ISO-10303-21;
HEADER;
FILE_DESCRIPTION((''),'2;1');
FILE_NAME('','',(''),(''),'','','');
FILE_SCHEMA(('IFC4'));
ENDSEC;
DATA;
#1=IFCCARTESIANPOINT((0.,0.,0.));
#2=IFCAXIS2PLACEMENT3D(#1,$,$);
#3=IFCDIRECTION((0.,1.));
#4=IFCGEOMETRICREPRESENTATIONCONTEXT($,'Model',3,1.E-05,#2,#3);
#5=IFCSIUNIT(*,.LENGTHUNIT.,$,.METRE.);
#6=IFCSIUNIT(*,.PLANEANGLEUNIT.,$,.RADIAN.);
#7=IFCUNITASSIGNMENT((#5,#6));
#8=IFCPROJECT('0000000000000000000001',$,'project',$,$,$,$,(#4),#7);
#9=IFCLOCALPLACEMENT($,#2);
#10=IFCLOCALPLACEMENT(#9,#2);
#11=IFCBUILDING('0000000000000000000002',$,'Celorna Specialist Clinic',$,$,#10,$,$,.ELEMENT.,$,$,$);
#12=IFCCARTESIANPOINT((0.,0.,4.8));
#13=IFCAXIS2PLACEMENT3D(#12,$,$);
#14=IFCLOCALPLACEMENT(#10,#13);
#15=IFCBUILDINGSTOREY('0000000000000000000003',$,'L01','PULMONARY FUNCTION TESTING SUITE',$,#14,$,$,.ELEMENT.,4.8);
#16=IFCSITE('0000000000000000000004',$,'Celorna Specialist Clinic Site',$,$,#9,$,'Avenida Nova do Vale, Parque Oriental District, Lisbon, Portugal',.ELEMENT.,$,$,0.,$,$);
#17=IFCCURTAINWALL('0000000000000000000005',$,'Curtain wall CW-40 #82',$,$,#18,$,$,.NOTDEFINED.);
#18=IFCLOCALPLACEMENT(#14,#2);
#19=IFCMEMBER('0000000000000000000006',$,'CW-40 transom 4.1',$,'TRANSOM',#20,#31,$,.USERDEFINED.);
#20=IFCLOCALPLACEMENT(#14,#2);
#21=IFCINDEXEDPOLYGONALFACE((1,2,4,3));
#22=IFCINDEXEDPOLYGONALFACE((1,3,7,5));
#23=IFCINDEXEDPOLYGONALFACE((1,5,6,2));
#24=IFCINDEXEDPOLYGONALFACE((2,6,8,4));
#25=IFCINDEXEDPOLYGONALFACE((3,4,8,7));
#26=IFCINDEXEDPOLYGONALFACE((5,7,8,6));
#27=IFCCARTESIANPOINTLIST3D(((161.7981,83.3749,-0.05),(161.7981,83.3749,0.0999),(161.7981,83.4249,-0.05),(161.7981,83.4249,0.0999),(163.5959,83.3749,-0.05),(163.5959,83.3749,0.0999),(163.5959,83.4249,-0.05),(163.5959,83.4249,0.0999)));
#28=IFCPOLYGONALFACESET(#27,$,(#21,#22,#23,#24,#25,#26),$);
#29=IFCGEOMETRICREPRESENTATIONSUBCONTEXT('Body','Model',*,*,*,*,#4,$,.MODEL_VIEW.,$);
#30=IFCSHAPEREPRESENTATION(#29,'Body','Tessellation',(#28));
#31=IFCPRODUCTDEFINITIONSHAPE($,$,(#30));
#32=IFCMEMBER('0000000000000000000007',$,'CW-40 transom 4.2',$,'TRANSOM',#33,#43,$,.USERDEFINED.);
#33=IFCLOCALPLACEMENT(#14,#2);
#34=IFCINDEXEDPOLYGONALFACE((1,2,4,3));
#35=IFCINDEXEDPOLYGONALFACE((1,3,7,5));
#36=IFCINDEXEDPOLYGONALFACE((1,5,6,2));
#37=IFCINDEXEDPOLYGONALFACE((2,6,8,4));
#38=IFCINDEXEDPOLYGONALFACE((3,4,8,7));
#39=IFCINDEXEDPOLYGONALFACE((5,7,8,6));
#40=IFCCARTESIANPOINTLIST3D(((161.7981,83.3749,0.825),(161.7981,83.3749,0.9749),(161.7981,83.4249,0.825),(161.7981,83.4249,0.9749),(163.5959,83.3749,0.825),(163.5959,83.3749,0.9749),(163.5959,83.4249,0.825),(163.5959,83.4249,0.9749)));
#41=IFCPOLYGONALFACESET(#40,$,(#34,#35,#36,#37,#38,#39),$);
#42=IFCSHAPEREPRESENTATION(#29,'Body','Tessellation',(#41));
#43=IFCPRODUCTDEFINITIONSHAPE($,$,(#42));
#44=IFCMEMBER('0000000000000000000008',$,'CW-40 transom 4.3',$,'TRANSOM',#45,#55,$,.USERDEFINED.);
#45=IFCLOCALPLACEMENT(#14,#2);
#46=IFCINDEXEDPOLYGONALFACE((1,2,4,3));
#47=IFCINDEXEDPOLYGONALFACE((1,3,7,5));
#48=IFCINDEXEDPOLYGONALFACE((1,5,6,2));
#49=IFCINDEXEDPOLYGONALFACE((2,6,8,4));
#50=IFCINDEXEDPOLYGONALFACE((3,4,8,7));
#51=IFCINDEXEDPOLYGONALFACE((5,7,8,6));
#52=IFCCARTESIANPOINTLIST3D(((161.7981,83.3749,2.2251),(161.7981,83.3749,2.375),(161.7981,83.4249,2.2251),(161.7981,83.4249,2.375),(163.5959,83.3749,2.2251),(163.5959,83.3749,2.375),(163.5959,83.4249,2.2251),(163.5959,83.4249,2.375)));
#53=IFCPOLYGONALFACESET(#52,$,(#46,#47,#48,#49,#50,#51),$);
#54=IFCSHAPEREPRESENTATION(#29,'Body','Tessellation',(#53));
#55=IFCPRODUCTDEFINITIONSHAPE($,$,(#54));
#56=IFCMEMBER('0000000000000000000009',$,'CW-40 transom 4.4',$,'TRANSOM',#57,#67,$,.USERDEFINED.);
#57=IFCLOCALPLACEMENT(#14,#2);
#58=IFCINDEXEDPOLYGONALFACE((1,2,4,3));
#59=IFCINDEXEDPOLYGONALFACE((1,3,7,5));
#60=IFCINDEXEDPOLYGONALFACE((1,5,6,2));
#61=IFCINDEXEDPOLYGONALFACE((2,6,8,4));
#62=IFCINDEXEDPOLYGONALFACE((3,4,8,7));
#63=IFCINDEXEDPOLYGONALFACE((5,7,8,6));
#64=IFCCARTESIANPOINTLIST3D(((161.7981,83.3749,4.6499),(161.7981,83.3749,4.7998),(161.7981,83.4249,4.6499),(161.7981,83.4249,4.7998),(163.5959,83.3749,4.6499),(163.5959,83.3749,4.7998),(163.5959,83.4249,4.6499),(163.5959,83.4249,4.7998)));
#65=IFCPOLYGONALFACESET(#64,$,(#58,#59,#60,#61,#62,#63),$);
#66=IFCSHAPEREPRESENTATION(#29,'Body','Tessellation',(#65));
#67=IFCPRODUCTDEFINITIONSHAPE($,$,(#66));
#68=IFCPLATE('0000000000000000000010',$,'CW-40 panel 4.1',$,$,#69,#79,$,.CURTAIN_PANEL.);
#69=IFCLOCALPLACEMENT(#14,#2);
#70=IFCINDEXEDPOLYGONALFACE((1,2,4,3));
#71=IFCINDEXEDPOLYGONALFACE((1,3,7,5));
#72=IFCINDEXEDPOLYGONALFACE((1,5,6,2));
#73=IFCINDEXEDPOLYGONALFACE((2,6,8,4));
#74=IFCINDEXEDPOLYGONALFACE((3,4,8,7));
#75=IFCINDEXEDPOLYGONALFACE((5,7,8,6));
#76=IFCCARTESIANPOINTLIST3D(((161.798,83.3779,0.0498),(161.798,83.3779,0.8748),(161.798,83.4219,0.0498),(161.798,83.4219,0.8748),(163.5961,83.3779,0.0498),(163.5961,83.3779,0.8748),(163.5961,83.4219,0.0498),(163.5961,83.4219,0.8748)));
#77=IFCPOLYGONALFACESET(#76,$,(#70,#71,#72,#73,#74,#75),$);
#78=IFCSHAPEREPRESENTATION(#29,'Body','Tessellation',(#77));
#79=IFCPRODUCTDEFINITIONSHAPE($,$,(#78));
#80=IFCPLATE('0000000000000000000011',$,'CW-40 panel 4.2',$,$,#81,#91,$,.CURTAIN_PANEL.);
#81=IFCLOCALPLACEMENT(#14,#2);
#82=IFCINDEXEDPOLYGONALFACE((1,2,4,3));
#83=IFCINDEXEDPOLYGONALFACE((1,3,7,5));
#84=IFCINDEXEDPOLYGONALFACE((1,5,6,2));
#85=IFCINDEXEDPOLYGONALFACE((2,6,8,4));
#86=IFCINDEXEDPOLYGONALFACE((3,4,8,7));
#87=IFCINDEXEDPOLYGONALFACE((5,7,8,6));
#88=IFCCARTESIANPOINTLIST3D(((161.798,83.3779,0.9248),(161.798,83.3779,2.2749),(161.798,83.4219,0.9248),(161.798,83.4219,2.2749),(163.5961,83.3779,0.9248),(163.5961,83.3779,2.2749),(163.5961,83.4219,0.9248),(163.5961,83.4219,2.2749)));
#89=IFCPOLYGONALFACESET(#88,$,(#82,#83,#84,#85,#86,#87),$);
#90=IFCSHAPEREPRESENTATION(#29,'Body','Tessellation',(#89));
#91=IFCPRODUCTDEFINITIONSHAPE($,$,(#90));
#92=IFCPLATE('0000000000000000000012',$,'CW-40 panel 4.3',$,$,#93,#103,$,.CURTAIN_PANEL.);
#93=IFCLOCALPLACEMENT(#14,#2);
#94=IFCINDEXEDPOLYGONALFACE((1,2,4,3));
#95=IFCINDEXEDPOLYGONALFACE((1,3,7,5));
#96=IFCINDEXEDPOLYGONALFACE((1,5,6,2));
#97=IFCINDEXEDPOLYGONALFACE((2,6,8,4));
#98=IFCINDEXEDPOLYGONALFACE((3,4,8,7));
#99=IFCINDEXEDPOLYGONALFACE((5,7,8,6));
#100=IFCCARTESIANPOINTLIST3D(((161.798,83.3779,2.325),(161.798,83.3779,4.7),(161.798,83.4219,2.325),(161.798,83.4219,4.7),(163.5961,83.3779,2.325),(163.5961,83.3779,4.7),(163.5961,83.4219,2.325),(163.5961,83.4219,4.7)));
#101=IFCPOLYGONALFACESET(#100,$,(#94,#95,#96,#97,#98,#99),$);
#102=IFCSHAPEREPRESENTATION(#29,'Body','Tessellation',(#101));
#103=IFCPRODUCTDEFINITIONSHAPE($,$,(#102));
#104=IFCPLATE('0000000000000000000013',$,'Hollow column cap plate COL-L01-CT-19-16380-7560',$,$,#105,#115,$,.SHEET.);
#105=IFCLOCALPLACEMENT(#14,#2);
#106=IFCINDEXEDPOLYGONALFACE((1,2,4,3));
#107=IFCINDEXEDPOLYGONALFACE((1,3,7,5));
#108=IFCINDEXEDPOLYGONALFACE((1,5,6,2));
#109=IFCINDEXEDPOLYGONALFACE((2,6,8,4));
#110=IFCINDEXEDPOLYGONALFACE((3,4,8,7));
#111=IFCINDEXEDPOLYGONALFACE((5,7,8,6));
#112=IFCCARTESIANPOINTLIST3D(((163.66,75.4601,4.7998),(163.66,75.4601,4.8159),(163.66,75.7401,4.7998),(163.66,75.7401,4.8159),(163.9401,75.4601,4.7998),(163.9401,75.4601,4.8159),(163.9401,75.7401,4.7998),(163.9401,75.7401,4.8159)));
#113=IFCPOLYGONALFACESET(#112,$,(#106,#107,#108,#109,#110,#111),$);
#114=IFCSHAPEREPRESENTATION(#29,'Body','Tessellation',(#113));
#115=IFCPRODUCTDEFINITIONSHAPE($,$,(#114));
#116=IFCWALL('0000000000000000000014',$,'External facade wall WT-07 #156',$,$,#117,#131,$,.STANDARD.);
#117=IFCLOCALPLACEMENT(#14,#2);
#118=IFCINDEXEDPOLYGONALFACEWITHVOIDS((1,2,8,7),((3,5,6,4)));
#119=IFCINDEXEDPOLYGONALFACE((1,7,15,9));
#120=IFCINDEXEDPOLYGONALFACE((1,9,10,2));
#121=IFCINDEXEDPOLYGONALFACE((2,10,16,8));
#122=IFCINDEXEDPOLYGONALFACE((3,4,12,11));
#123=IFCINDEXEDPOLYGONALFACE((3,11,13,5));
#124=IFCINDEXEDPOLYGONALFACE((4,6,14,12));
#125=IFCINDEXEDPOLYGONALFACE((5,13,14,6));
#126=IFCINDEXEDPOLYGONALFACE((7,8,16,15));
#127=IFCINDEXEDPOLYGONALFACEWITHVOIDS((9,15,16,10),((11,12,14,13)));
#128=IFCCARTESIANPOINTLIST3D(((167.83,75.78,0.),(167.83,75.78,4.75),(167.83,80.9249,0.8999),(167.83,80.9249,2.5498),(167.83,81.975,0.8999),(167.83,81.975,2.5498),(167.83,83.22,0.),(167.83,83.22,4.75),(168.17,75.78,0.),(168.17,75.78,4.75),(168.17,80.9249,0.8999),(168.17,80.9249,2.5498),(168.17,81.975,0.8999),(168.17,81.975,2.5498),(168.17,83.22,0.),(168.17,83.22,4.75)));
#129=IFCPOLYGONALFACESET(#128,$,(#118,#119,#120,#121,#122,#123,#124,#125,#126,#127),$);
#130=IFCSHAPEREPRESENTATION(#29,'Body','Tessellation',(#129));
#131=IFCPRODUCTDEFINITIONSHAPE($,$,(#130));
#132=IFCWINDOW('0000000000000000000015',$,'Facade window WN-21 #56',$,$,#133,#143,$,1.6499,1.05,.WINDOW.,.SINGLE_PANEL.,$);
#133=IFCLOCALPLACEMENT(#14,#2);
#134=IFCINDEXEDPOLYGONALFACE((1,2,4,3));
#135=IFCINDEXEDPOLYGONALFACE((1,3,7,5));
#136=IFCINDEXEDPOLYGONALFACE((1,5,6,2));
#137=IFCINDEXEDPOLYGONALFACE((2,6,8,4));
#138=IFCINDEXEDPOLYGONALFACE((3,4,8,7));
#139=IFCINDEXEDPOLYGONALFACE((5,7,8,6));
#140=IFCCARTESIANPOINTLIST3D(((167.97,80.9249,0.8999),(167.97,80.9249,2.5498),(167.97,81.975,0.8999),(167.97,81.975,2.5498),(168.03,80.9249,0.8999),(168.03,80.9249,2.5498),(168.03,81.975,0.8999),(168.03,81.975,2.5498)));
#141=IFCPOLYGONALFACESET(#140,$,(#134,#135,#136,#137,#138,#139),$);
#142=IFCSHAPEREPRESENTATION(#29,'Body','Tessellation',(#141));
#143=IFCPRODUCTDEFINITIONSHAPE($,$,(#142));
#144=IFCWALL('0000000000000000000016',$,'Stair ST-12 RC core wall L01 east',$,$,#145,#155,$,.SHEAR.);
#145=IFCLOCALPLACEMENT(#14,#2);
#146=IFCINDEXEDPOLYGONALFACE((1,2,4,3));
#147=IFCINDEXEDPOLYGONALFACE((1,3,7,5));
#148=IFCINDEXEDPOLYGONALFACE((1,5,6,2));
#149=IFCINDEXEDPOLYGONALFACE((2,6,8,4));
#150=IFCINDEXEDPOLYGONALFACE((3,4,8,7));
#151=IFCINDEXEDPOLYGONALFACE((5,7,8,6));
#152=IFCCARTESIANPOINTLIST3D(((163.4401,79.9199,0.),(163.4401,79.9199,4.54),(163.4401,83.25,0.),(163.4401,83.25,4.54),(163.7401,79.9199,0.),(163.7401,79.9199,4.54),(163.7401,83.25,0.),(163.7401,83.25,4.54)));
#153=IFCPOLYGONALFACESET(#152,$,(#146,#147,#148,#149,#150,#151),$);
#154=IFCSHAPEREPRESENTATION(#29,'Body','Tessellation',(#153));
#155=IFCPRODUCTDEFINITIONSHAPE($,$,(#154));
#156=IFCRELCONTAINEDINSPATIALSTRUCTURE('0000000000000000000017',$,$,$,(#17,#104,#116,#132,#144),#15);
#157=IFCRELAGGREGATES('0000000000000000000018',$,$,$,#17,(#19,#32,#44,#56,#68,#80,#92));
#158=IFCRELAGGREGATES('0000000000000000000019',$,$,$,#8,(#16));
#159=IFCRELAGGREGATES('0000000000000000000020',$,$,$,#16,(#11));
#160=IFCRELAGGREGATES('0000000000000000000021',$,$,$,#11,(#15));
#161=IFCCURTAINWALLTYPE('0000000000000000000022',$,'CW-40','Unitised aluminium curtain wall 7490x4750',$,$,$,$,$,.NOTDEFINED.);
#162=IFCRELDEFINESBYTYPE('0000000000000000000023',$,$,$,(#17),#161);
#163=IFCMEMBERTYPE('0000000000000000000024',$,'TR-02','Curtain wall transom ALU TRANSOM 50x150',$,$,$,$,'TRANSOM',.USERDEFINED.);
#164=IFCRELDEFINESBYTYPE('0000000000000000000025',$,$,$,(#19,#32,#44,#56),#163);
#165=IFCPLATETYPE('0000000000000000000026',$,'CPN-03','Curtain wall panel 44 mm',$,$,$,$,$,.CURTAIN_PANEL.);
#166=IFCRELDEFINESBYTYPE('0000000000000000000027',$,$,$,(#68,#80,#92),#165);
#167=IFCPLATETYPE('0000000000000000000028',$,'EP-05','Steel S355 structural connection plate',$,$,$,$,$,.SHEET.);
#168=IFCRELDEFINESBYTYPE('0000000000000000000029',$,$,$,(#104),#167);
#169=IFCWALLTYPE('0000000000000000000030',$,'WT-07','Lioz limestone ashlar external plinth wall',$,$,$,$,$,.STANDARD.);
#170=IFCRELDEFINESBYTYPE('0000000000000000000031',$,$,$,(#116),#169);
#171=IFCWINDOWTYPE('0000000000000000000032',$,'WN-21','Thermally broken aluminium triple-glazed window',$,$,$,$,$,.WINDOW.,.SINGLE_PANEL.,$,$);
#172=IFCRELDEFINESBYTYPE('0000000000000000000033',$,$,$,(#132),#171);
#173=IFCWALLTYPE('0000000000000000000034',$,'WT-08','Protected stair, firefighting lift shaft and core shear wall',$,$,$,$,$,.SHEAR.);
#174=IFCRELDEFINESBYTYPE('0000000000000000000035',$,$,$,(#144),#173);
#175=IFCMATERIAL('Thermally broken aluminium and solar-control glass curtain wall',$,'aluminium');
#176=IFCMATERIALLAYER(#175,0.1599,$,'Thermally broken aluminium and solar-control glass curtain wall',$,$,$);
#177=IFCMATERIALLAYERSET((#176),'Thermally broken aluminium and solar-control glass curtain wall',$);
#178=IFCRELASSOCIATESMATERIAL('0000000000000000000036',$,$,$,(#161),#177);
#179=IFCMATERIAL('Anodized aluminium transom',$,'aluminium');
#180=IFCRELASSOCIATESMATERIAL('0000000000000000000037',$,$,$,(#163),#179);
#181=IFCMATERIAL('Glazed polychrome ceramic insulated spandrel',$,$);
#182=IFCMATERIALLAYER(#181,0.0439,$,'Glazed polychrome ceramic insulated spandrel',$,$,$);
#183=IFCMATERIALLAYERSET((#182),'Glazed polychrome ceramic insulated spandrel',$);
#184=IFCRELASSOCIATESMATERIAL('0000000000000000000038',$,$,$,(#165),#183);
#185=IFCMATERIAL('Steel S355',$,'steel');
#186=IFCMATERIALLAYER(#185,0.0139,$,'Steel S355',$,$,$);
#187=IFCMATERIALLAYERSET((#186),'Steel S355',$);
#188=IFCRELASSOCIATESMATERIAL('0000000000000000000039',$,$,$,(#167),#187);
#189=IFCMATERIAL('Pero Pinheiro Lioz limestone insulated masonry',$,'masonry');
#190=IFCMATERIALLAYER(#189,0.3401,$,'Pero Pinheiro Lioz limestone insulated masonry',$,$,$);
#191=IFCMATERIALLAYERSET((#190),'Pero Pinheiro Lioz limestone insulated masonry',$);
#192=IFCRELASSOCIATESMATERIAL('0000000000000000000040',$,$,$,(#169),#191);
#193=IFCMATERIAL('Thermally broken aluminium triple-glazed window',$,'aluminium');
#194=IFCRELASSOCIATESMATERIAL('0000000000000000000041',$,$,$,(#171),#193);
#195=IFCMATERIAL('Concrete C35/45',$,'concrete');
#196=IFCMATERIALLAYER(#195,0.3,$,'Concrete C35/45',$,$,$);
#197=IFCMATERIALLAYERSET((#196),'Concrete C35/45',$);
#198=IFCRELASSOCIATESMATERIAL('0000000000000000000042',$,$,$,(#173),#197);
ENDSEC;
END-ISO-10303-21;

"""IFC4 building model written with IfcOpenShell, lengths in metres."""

from ifc_helpers import new_model, si_unit, direction, frame, frame_2d, origin, origin_2d, place, context, subcontext, project, spatial, rectangle, extrude, material, layer, layer_set, material_profile, profile_set, type_object, element, fill, aggregate, save


model = new_model("IFC4")

# Units and contexts
model_context = context("Model", 3, precision=1e-05, world=origin(), true_north=direction((0.0, 1.0)))
body_context = subcontext(model_context, "Body", "Model", "MODEL_VIEW")
ifc_project = project(units=[si_unit("LENGTHUNIT", "METRE"), si_unit("PLANEANGLEUNIT", "RADIAN")], contexts=[model_context])

# Site, building, storey
site_placement = place(None, origin())
site = spatial("IfcSite", under=ifc_project, at=site_placement, Name="Celorna Specialist Clinic Site", LongName="Avenida Nova do Vale, Parque Oriental District, Lisbon, Portugal", CompositionType="ELEMENT", RefElevation=0.0)
building_placement = place(site_placement, origin())
building = spatial("IfcBuilding", under=site, at=building_placement, Name="Celorna Specialist Clinic", CompositionType="ELEMENT")
storey_placement = place(building_placement, frame((0.0, 0.0, 4.8)))
storey = spatial("IfcBuildingStorey", under=building, at=storey_placement, Name="L01", Description="PULMONARY FUNCTION TESTING SUITE", CompositionType="ELEMENT", Elevation=4.8)

# Shared definitions
ifc_material_1 = material(Name="Concrete C35/45", Category="concrete")
ifc_material_2 = material(Name="Steel S355", Category="steel")

# Curtain wall, members, plates
ifc_material_3 = material(Name="Thermally broken aluminium and solar-control glass curtain wall", Category="aluminium")
ifc_layer_1 = layer(ifc_material_3, 0.1599, Name="Thermally broken aluminium and solar-control glass curtain wall")
ifc_layer_set_1 = layer_set([ifc_layer_1], Name="Thermally broken aluminium and solar-control glass curtain wall")
curtain_wall_type = type_object("IfcCurtainWallType", Name="CW-40", Description="Unitised aluminium curtain wall 7490x4750", PredefinedType="NOTDEFINED", material=ifc_layer_set_1)
curtain_wall_placement = place(storey_placement, origin())
curtain_wall = element("IfcCurtainWall", 1, at=curtain_wall_placement, inside=storey, type_object=curtain_wall_type, Name="Curtain wall CW-40 #82", PredefinedType="NOTDEFINED")
ifc_material_4 = material(Name="Anodized aluminium transom", Category="aluminium")
ifc_material_profile_1 = material_profile(ifc_material_4, rectangle(XDim=0.05, YDim=0.1499, at=origin_2d()), Name="ALU TRANSOM 50x150")
ifc_profile_set_1 = profile_set([ifc_material_profile_1], Name="Anodized aluminium transom")
member_type_1 = type_object("IfcMemberType", Name="TR-02", Description="Curtain wall transom ALU TRANSOM 50x150", ElementType="TRANSOM", PredefinedType="USERDEFINED", material=ifc_profile_set_1)
member_1_placement = place(storey_placement, frame((161.7981, 83.3999, 0.0249), z_axis=(1.0, 0.0, 0.0), x_axis=(0.0, 1.0, 0.0)))
member_1 = element("IfcMember", 2, at=member_1_placement, type_object=member_type_1, Name="CW-40 transom 4.1", ObjectType="TRANSOM", PredefinedType="USERDEFINED", context=body_context, shape_type="SweptSolid", body=[
    extrude(rectangle(XDim=0.05, YDim=0.1499, at=origin_2d()), origin(), (0.0, 0.0, 1.0), 1.7979),
])
member_2_placement = place(storey_placement, frame((161.7981, 83.3999, 0.8999), z_axis=(1.0, 0.0, 0.0), x_axis=(0.0, 1.0, 0.0)))
member_2 = element("IfcMember", 3, at=member_2_placement, type_object=member_type_1, Name="CW-40 transom 4.2", ObjectType="TRANSOM", PredefinedType="USERDEFINED", context=body_context, shape_type="SweptSolid", body=[
    extrude(rectangle(XDim=0.05, YDim=0.1499, at=origin_2d()), origin(), (0.0, 0.0, 1.0), 1.7979),
])
member_3_placement = place(storey_placement, frame((161.7981, 83.3999, 2.3), z_axis=(1.0, 0.0, 0.0), x_axis=(0.0, 1.0, 0.0)))
member_3 = element("IfcMember", 4, at=member_3_placement, type_object=member_type_1, Name="CW-40 transom 4.3", ObjectType="TRANSOM", PredefinedType="USERDEFINED", context=body_context, shape_type="SweptSolid", body=[
    extrude(rectangle(XDim=0.05, YDim=0.1499, at=origin_2d()), origin(), (0.0, 0.0, 1.0), 1.7979),
])
member_4_placement = place(storey_placement, frame((161.7981, 83.3999, 4.7249), z_axis=(1.0, 0.0, 0.0), x_axis=(0.0, 1.0, 0.0)))
member_4 = element("IfcMember", 5, at=member_4_placement, type_object=member_type_1, Name="CW-40 transom 4.4", ObjectType="TRANSOM", PredefinedType="USERDEFINED", context=body_context, shape_type="SweptSolid", body=[
    extrude(rectangle(XDim=0.05, YDim=0.1499, at=origin_2d()), origin(), (0.0, 0.0, 1.0), 1.7979),
])
ifc_material_5 = material(Name="Glazed polychrome ceramic insulated spandrel")
ifc_layer_2 = layer(ifc_material_5, 0.0439, Name="Glazed polychrome ceramic insulated spandrel")
ifc_layer_set_2 = layer_set([ifc_layer_2], Name="Glazed polychrome ceramic insulated spandrel")
plate_type_1 = type_object("IfcPlateType", Name="CPN-03", Description="Curtain wall panel 44 mm", PredefinedType="CURTAIN_PANEL", material=ifc_layer_set_2)
plate_1_placement = place(storey_placement, frame((162.697, 83.3999, 0.0498), z_axis=(0.0, 0.0, 1.0), x_axis=(1.0, 0.0, 0.0)))
plate_1 = element("IfcPlate", 6, at=plate_1_placement, type_object=plate_type_1, Name="CW-40 panel 4.1", PredefinedType="CURTAIN_PANEL", context=body_context, shape_type="SweptSolid", body=[
    extrude(rectangle(XDim=1.7981, YDim=0.0439, at=origin_2d()), origin(), (0.0, 0.0, 1.0), 0.825),
])
plate_2_placement = place(storey_placement, frame((162.697, 83.3999, 0.9248), z_axis=(0.0, 0.0, 1.0), x_axis=(1.0, 0.0, 0.0)))
plate_2 = element("IfcPlate", 7, at=plate_2_placement, type_object=plate_type_1, Name="CW-40 panel 4.2", PredefinedType="CURTAIN_PANEL", context=body_context, shape_type="SweptSolid", body=[
    extrude(rectangle(XDim=1.7981, YDim=0.0439, at=origin_2d()), origin(), (0.0, 0.0, 1.0), 1.3501),
])
plate_3_placement = place(storey_placement, frame((162.697, 83.3999, 2.325), z_axis=(0.0, 0.0, 1.0), x_axis=(1.0, 0.0, 0.0)))
plate_3 = element("IfcPlate", 8, at=plate_3_placement, type_object=plate_type_1, Name="CW-40 panel 4.3", PredefinedType="CURTAIN_PANEL", context=body_context, shape_type="SweptSolid", body=[
    extrude(rectangle(XDim=1.7981, YDim=0.0439, at=origin_2d()), origin(), (0.0, 0.0, 1.0), 2.375),
])
aggregate(curtain_wall, [member_1, member_2, member_3, member_4, plate_1, plate_2, plate_3])

# Plate
ifc_layer_3 = layer(ifc_material_2, 0.0139, Name="Steel S355")
ifc_layer_set_3 = layer_set([ifc_layer_3], Name="Steel S355")
plate_type_2 = type_object("IfcPlateType", Name="EP-05", Description="Steel S355 structural connection plate", PredefinedType="SHEET", material=ifc_layer_set_3)
plate_4_placement = place(storey_placement, frame((163.8, 75.6001, 4.7998), z_axis=(0.0, 0.0, 1.0), x_axis=(1.0, 0.0, 0.0)))
element("IfcPlate", 9, at=plate_4_placement, inside=storey, type_object=plate_type_2, Name="Hollow column cap plate COL-L01-CT-19-16380-7560", PredefinedType="SHEET", context=body_context, shape_type="SweptSolid", body=[
    extrude(rectangle(XDim=0.28, YDim=0.28, at=origin_2d()), origin(), (0.0, 0.0, 1.0), 0.0161),
])

# Wall, opening, window
ifc_material_6 = material(Name="Pero Pinheiro Lioz limestone insulated masonry", Category="masonry")
ifc_layer_4 = layer(ifc_material_6, 0.3401, Name="Pero Pinheiro Lioz limestone insulated masonry")
ifc_layer_set_4 = layer_set([ifc_layer_4], Name="Pero Pinheiro Lioz limestone insulated masonry")
wall_type_1 = type_object("IfcWallType", Name="WT-07", Description="Lioz limestone ashlar external plinth wall", PredefinedType="STANDARD", material=ifc_layer_set_4)
wall_1_placement = place(storey_placement, frame((168.0, 83.22, 0.0), z_axis=(0.0, 0.0, 1.0), x_axis=(0.0, -1.0, 0.0)))
wall_1 = element("IfcWall", 10, at=wall_1_placement, inside=storey, type_object=wall_type_1, Name="External facade wall WT-07 #156", PredefinedType="STANDARD", context=body_context, shape_type="SweptSolid", body=[
    extrude(rectangle(XDim=7.4399, YDim=0.3401, at=frame_2d((3.72, 0.0))), origin(), (0.0, 0.0, 1.0), 4.75),
])
opening_placement = place(wall_1_placement, frame((1.2451, 0.0, 0.8999)))
opening = element("IfcOpeningElement", 11, at=opening_placement, cuts=wall_1, PredefinedType="OPENING", context=body_context, shape_type="SweptSolid", body=[
    extrude(rectangle(XDim=1.05, YDim=1.6499, at=frame_2d((0.5249, 0.825))), frame((0.0, 0.1799, 0.0), z_axis=(0.0, -1.0, 0.0), x_axis=(1.0, 0.0, 0.0)), (0.0, 0.0, 1.0), 0.3601),
])
ifc_material_7 = material(Name="Thermally broken aluminium triple-glazed window", Category="aluminium")
window_type = type_object("IfcWindowType", Name="WN-21", Description="Thermally broken aluminium triple-glazed window", PartitioningType="SINGLE_PANEL", PredefinedType="WINDOW", material=ifc_material_7)
window_placement = place(opening_placement, origin())
window = element("IfcWindow", 12, at=window_placement, inside=storey, type_object=window_type, Name="Facade window WN-21 #56", OverallHeight=1.6499, OverallWidth=1.05, PartitioningType="SINGLE_PANEL", PredefinedType="WINDOW", context=body_context, shape_type="SweptSolid", body=[
    extrude(rectangle(XDim=1.05, YDim=1.6499, at=frame_2d((0.5249, 0.825))), frame((0.0, 0.03, 0.0), z_axis=(0.0, -1.0, 0.0), x_axis=(1.0, 0.0, 0.0)), (0.0, 0.0, 1.0), 0.0601),
])
fill(opening, window)

# Wall
ifc_layer_5 = layer(ifc_material_1, 0.3, Name="Concrete C35/45")
ifc_layer_set_5 = layer_set([ifc_layer_5], Name="Concrete C35/45")
wall_type_2 = type_object("IfcWallType", Name="WT-08", Description="Protected stair, firefighting lift shaft and core shear wall", PredefinedType="SHEAR", material=ifc_layer_set_5)
wall_2_placement = place(storey_placement, frame((163.5901, 79.9199, 0.0), z_axis=(0.0, 0.0, 1.0), x_axis=(0.0, 1.0, 0.0)))
element("IfcWall", 13, at=wall_2_placement, inside=storey, type_object=wall_type_2, Name="Stair ST-12 RC core wall L01 east", PredefinedType="SHEAR", context=body_context, shape_type="SweptSolid", body=[
    extrude(rectangle(XDim=3.3301, YDim=0.3, at=frame_2d((1.665, 0.0))), origin(), (0.0, 0.0, 1.0), 4.54),
])

save(model, "model.ifc")
